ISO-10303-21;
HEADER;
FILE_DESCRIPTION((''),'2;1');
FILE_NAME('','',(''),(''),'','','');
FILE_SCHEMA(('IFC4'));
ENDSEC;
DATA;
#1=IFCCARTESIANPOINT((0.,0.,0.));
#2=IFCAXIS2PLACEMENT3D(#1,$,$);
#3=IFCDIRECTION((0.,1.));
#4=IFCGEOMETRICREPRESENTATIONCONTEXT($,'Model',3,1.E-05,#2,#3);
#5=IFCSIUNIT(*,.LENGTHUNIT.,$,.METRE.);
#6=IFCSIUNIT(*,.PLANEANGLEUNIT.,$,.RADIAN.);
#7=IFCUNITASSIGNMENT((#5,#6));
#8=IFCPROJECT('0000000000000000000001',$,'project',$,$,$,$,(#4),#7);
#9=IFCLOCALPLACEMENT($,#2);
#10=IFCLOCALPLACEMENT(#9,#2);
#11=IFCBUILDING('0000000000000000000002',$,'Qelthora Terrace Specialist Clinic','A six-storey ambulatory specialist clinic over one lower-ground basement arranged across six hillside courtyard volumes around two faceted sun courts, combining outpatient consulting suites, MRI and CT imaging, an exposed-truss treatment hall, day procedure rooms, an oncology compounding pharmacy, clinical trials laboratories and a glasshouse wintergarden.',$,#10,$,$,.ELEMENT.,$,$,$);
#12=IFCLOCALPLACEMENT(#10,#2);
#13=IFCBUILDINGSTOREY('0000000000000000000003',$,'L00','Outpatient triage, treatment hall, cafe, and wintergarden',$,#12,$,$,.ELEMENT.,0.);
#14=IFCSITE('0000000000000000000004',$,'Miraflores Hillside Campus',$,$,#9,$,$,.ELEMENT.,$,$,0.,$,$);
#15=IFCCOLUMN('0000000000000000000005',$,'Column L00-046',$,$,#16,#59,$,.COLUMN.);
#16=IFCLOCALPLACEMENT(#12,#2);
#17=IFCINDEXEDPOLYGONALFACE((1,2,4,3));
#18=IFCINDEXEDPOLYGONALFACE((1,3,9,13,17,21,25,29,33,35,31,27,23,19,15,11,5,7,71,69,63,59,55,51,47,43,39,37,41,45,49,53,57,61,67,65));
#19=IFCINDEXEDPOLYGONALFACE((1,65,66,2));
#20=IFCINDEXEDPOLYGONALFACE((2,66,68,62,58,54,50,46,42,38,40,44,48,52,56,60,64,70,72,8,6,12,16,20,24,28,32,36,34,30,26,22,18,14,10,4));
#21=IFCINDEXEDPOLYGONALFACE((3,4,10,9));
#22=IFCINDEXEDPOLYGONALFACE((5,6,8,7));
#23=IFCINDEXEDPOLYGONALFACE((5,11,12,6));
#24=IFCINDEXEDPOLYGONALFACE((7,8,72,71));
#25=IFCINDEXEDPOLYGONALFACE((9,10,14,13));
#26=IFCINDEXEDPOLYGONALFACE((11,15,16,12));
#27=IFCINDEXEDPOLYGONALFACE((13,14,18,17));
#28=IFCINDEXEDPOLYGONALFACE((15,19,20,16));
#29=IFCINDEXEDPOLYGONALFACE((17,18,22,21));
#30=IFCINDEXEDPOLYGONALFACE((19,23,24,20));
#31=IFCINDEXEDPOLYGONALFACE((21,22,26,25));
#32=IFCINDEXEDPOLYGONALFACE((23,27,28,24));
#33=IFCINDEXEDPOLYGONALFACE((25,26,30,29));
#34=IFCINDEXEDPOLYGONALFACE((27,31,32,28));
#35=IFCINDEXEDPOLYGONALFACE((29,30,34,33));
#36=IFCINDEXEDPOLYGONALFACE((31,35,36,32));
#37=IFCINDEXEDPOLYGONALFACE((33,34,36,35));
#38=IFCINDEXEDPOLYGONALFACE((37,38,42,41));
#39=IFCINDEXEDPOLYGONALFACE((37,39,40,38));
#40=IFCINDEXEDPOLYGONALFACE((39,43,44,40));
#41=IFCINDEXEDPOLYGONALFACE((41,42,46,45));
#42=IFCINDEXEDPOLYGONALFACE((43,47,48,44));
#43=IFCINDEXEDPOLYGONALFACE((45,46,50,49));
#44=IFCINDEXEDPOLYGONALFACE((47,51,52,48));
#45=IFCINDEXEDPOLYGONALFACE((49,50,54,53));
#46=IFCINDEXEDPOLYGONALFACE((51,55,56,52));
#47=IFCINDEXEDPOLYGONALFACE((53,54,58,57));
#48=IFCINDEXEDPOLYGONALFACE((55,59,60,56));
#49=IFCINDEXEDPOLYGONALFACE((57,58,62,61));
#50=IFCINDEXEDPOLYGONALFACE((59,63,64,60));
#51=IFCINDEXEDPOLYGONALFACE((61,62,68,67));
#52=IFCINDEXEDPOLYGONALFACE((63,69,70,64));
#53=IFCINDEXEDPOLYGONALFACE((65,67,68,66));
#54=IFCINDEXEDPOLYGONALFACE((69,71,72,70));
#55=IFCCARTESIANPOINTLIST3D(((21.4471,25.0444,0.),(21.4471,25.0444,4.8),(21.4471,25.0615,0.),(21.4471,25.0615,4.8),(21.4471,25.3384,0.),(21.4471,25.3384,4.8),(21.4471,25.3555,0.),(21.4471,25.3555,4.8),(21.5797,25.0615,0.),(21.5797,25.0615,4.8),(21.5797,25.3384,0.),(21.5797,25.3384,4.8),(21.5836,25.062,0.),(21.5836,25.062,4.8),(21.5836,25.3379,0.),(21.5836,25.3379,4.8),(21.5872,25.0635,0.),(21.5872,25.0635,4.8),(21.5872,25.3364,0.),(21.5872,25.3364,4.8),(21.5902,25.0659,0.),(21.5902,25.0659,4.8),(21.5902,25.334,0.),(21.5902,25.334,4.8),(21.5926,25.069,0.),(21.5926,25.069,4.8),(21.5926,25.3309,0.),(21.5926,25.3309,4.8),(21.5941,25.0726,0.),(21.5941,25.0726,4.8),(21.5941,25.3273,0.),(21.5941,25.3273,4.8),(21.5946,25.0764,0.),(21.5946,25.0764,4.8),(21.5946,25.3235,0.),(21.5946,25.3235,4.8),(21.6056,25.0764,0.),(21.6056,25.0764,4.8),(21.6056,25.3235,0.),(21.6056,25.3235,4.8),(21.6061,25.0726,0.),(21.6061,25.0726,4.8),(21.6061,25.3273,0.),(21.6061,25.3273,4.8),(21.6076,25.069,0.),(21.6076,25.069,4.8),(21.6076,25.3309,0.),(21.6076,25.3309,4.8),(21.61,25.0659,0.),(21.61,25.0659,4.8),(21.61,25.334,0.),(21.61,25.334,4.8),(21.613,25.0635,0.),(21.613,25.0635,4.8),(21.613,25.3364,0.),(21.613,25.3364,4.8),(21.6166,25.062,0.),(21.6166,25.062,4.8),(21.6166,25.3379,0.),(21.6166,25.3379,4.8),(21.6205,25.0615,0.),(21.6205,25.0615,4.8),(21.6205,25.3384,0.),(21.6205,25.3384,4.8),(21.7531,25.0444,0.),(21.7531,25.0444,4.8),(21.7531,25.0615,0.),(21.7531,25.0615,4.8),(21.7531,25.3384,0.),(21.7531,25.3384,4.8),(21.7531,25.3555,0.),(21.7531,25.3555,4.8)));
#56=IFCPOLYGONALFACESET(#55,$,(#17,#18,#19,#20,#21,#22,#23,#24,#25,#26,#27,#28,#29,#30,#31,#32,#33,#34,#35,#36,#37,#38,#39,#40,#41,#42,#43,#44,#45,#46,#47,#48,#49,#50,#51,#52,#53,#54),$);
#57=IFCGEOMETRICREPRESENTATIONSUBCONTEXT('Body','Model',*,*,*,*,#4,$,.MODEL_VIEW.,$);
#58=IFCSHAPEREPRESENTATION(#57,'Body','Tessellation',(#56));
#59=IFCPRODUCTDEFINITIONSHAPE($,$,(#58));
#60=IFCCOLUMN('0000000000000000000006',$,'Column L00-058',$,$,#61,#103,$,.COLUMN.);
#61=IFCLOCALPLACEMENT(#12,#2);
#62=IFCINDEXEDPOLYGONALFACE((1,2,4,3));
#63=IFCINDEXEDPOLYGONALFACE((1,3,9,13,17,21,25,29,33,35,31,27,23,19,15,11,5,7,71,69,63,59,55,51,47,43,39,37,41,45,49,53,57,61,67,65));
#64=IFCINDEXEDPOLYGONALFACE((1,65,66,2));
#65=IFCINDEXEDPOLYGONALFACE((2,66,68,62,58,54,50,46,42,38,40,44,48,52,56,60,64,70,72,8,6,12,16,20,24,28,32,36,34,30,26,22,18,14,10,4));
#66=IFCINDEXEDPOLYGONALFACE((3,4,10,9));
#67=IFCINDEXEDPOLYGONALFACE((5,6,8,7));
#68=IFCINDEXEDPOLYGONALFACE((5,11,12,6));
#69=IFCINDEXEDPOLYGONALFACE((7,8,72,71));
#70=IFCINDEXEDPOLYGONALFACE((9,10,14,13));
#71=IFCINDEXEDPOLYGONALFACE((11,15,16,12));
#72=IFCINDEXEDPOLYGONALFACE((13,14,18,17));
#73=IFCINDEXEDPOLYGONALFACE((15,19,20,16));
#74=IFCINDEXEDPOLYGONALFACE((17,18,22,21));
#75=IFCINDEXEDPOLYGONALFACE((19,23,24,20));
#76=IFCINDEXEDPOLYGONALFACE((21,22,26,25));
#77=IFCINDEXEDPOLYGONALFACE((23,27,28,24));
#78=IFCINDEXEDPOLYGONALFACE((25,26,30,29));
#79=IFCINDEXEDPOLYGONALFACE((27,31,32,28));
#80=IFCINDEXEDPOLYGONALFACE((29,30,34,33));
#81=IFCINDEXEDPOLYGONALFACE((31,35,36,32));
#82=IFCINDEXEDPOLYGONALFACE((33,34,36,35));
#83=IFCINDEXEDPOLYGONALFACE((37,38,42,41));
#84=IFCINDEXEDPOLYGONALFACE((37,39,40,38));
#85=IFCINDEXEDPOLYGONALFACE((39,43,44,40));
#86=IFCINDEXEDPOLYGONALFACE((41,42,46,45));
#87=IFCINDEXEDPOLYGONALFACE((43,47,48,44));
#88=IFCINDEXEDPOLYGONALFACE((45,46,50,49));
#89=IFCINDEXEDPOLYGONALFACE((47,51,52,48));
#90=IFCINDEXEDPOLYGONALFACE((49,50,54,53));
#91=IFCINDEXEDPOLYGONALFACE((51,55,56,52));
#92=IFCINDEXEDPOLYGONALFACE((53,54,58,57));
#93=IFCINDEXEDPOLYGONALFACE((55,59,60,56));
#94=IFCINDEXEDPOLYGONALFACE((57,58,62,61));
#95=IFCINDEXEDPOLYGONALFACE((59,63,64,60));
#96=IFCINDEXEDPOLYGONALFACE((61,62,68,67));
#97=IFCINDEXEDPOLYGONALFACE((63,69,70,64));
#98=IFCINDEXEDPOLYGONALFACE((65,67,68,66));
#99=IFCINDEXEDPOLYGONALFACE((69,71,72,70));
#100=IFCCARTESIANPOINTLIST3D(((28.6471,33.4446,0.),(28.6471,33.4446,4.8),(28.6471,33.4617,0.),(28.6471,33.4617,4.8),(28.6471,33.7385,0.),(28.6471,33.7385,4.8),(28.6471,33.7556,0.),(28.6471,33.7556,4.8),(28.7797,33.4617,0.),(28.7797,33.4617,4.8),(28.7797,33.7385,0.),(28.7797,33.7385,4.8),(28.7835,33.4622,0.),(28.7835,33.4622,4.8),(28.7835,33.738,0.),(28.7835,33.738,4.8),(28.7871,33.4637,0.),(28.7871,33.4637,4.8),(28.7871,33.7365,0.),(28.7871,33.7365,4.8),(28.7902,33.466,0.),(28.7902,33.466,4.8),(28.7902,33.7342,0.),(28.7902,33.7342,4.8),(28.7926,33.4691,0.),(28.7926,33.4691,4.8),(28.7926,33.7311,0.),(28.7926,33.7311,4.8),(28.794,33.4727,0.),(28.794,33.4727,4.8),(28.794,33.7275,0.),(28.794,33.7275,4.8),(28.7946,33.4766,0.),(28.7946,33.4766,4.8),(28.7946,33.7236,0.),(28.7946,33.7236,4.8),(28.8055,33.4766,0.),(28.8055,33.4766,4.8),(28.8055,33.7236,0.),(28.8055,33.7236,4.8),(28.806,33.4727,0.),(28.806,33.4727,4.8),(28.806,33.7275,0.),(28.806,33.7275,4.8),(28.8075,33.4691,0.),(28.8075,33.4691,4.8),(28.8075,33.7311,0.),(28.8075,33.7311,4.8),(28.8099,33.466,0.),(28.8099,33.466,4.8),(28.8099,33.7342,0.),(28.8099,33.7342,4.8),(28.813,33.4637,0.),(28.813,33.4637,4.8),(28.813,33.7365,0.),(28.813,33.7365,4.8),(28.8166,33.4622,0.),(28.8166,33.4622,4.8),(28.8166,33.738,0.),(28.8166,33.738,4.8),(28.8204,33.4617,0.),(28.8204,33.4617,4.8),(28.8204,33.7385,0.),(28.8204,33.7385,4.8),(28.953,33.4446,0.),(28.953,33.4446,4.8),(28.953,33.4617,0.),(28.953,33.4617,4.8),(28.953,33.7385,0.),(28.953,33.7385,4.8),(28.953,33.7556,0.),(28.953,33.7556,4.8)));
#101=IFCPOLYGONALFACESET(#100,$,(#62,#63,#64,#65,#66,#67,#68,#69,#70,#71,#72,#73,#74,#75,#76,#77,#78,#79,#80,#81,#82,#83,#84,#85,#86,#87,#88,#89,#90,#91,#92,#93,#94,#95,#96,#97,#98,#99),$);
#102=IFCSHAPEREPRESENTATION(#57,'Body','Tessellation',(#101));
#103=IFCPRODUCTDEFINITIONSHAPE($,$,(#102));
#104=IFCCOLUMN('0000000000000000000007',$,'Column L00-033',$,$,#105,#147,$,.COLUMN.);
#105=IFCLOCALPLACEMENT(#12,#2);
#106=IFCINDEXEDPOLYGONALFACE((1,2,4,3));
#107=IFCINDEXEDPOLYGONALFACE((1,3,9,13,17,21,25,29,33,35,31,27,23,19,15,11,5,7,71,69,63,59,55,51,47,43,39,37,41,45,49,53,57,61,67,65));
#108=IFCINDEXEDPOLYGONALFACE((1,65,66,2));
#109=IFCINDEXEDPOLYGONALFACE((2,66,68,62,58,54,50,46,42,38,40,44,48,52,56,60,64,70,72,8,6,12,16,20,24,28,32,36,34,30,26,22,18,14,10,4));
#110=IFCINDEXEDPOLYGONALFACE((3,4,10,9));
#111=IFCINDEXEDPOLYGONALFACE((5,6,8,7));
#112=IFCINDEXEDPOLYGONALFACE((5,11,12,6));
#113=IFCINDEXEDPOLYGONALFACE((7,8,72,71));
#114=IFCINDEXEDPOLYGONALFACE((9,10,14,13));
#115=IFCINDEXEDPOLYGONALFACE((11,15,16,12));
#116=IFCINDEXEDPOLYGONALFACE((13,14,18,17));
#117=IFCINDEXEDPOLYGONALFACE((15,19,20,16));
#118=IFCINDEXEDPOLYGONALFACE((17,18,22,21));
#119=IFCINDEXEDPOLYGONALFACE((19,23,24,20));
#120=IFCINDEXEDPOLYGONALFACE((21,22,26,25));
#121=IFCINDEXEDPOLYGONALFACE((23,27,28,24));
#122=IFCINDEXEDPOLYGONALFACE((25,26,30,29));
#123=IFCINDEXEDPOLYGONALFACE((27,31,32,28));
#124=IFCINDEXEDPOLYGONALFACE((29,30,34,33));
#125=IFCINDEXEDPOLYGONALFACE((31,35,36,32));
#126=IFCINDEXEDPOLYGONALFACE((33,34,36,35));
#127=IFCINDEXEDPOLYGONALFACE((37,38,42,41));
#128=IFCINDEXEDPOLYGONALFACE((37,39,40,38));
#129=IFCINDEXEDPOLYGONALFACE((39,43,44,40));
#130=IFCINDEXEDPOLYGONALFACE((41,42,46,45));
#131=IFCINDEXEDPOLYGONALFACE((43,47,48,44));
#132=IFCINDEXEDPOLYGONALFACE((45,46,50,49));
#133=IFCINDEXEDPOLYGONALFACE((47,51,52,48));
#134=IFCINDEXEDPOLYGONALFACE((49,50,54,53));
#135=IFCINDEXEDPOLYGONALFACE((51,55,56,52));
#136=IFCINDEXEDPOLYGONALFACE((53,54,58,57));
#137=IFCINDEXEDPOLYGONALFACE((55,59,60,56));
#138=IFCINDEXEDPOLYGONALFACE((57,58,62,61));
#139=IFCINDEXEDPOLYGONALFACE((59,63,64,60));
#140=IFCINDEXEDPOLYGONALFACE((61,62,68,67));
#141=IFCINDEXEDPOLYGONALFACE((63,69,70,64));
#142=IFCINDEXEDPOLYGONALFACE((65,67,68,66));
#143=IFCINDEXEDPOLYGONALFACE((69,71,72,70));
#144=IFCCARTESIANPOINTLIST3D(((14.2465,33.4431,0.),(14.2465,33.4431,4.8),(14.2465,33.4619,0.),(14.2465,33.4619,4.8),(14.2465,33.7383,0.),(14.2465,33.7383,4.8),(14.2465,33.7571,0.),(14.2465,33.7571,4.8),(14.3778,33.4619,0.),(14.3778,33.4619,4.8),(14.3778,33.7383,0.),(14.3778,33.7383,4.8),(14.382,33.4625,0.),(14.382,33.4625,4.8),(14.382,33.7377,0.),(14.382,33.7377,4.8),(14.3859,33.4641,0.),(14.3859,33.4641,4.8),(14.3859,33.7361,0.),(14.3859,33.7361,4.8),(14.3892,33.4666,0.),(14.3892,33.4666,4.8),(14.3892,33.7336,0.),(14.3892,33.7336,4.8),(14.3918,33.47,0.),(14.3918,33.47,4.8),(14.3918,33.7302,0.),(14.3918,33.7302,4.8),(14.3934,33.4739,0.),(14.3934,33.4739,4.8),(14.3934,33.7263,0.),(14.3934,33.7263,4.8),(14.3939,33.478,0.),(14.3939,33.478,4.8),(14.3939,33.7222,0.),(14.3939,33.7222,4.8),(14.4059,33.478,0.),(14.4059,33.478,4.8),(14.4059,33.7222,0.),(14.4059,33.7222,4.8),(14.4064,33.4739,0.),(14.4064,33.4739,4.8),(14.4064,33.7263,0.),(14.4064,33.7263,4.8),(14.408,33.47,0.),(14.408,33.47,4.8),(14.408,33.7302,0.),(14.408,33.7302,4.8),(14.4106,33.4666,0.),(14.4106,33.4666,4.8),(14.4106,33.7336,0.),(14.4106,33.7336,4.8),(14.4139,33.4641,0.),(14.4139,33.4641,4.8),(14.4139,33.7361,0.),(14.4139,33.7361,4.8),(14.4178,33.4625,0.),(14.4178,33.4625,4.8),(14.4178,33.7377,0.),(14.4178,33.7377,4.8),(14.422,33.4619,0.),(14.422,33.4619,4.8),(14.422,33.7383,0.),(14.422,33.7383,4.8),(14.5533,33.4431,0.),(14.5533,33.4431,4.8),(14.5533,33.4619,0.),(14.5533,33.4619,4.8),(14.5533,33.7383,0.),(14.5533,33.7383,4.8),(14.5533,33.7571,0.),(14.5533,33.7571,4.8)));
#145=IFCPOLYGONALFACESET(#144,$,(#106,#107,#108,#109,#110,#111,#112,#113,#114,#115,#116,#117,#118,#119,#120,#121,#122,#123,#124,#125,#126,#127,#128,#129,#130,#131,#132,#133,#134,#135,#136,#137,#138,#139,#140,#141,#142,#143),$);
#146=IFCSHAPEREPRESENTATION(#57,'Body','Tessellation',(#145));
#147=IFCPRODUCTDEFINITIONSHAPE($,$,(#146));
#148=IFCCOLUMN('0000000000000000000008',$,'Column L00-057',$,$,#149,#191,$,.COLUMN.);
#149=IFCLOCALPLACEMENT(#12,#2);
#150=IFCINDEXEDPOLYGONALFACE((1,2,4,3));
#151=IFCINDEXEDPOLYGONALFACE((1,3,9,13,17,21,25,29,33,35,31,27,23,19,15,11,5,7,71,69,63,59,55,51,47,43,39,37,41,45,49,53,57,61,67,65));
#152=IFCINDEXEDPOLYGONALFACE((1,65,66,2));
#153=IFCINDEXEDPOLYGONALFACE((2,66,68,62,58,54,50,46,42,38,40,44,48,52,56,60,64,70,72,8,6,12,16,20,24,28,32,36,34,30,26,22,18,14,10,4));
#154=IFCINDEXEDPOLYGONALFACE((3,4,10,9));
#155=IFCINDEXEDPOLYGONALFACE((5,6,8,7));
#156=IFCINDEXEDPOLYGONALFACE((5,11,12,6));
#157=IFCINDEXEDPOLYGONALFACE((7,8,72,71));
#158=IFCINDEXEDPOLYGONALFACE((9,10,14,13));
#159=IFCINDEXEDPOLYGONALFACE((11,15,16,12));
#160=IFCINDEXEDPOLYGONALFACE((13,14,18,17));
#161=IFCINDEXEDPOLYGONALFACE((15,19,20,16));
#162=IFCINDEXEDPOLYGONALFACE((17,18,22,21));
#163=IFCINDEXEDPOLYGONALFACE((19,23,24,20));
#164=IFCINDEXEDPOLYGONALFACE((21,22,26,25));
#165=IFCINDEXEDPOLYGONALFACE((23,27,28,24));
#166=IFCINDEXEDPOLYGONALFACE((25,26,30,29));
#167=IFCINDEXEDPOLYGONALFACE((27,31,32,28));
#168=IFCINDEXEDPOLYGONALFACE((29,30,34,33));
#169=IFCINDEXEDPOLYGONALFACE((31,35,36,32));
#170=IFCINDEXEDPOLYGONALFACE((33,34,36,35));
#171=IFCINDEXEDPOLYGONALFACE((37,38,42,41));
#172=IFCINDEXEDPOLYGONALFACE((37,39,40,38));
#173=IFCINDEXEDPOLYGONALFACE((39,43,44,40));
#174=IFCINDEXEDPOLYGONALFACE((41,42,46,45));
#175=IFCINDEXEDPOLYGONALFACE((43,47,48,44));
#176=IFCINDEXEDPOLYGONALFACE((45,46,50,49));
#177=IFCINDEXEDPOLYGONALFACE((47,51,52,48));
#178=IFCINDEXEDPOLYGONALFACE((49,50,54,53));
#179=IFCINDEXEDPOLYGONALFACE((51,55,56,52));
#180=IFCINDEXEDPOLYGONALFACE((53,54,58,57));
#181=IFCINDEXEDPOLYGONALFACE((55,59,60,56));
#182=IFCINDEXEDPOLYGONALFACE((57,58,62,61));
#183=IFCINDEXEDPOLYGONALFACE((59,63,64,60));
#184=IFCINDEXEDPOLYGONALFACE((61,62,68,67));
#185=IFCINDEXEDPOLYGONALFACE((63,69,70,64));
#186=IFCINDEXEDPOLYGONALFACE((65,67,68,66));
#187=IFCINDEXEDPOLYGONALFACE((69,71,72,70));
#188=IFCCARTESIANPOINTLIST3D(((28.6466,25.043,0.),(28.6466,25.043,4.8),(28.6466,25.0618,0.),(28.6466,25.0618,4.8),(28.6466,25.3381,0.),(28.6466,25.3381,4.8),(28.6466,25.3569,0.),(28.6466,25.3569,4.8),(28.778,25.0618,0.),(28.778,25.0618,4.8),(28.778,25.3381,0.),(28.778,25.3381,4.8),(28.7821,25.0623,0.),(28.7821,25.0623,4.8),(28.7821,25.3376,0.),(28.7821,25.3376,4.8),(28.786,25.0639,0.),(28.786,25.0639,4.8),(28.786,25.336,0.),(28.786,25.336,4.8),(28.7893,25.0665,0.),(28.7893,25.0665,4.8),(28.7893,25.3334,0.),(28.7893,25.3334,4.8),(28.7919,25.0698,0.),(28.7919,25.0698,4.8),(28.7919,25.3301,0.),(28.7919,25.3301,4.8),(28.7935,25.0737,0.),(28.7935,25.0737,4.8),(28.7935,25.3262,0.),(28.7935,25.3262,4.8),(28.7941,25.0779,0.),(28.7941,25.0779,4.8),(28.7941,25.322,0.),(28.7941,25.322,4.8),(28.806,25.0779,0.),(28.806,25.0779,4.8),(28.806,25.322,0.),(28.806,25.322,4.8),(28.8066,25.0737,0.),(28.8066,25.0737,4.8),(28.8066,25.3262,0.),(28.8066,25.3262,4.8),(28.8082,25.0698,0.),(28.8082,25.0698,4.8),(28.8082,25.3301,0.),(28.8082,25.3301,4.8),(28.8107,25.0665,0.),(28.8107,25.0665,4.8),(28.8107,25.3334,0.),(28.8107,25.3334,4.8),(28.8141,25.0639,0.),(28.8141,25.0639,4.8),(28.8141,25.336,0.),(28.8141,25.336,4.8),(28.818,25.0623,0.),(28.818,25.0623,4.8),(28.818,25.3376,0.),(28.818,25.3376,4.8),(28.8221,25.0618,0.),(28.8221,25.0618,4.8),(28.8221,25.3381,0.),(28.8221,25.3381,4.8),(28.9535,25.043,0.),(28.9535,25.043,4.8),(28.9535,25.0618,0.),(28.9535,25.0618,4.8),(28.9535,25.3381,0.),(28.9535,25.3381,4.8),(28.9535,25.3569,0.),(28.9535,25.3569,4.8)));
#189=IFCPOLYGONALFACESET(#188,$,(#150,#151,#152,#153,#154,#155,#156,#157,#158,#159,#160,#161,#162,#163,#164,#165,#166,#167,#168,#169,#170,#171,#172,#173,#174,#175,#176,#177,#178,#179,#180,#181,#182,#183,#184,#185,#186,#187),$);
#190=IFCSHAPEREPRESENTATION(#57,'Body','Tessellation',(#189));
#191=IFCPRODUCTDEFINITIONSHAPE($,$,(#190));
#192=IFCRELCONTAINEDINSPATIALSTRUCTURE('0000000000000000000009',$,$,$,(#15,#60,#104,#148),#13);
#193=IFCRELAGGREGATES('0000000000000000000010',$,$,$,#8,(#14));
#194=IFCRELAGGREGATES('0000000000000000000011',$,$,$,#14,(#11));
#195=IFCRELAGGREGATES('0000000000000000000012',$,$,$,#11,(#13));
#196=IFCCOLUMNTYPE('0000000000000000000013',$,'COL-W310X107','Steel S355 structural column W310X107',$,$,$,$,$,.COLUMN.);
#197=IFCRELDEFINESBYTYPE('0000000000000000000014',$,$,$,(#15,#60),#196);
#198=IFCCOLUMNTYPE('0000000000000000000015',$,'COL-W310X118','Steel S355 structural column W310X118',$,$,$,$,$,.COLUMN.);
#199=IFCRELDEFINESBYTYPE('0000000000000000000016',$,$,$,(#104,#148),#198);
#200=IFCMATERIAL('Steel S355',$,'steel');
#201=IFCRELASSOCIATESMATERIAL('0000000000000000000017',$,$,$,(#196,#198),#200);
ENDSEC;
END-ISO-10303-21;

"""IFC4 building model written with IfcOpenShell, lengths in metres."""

from ifc_helpers import new_model, si_unit, direction, frame, origin, origin_2d, place, context, subcontext, project, spatial, i_section, extrude, material, material_profile, profile_set, type_object, element, save


model = new_model("IFC4")

# Units and contexts
model_context = context("Model", 3, precision=1e-05, world=origin(), true_north=direction((0.0, 1.0)))
body_context = subcontext(model_context, "Body", "Model", "MODEL_VIEW")
ifc_project = project(units=[si_unit("LENGTHUNIT", "METRE"), si_unit("PLANEANGLEUNIT", "RADIAN")], contexts=[model_context])

# Site, building, storey
site_placement = place(None, origin())
site = spatial("IfcSite", under=ifc_project, at=site_placement, Name="Miraflores Hillside Campus", CompositionType="ELEMENT", RefElevation=0.0)
building_placement = place(site_placement, origin())
building = spatial("IfcBuilding", under=site, at=building_placement, Name="Qelthora Terrace Specialist Clinic", Description="A six-storey ambulatory specialist clinic over one lower-ground basement arranged across six hillside courtyard volumes around two faceted sun courts, combining outpatient consulting suites, MRI and CT imaging, an exposed-truss treatment hall, day procedure rooms, an oncology compounding pharmacy, clinical trials laboratories and a glasshouse wintergarden.", CompositionType="ELEMENT")
storey_placement = place(building_placement, origin())
storey = spatial("IfcBuildingStorey", under=building, at=storey_placement, Name="L00", Description="Outpatient triage, treatment hall, cafe, and wintergarden", CompositionType="ELEMENT", Elevation=0.0)

# Columns
ifc_material_1 = material(Name="Steel S355", Category="steel")
ifc_material_profile_1 = material_profile(ifc_material_1, i_section(OverallWidth=0.3059, OverallDepth=0.311, WebThickness=0.011, FlangeThickness=0.0171, FilletRadius=0.0149, at=origin_2d()), Name="W310X107")
ifc_profile_set_1 = profile_set([ifc_material_profile_1], Name="Steel S355")
column_type_1 = type_object("IfcColumnType", Name="COL-W310X107", Description="Steel S355 structural column W310X107", PredefinedType="COLUMN", material=ifc_profile_set_1)
for number, where, z_axis, x_axis, name in (
    (1, (21.6001, 25.2, 0.0), (0.0, 0.0, 1.0), (1.0, 0.0, 0.0), "Column L00-046"),
    (2, (28.8, 33.6001, 0.0), (0.0, 0.0, 1.0), (1.0, 0.0, 0.0), "Column L00-058"),
):
    element("IfcColumn", number, at=place(storey_placement, frame(where, z_axis=z_axis, x_axis=x_axis)), inside=storey, type_object=column_type_1, Name=name, PredefinedType="COLUMN", context=body_context, shape_type="SweptSolid", body=[
        extrude(i_section(OverallWidth=0.3059, OverallDepth=0.311, WebThickness=0.011, FlangeThickness=0.0171, FilletRadius=0.0149, at=origin_2d()), origin(), (0.0, 0.0, 1.0), 4.8),
    ])
ifc_material_profile_2 = material_profile(ifc_material_1, i_section(OverallWidth=0.3069, OverallDepth=0.314, WebThickness=0.012, FlangeThickness=0.0188, FilletRadius=0.0161, at=origin_2d()), Name="W310X118")
ifc_profile_set_2 = profile_set([ifc_material_profile_2], Name="Steel S355")
column_type_2 = type_object("IfcColumnType", Name="COL-W310X118", Description="Steel S355 structural column W310X118", PredefinedType="COLUMN", material=ifc_profile_set_2)
for number, where, z_axis, x_axis, name in (
    (3, (14.3999, 33.6001, 0.0), (0.0, 0.0, 1.0), (1.0, 0.0, 0.0), "Column L00-033"),
    (4, (28.8, 25.2, 0.0), (0.0, 0.0, 1.0), (1.0, 0.0, 0.0), "Column L00-057"),
):
    element("IfcColumn", number, at=place(storey_placement, frame(where, z_axis=z_axis, x_axis=x_axis)), inside=storey, type_object=column_type_2, Name=name, PredefinedType="COLUMN", context=body_context, shape_type="SweptSolid", body=[
        extrude(i_section(OverallWidth=0.3069, OverallDepth=0.314, WebThickness=0.012, FlangeThickness=0.0188, FilletRadius=0.0161, at=origin_2d()), origin(), (0.0, 0.0, 1.0), 4.8),
    ])

save(model, "model.ifc")
